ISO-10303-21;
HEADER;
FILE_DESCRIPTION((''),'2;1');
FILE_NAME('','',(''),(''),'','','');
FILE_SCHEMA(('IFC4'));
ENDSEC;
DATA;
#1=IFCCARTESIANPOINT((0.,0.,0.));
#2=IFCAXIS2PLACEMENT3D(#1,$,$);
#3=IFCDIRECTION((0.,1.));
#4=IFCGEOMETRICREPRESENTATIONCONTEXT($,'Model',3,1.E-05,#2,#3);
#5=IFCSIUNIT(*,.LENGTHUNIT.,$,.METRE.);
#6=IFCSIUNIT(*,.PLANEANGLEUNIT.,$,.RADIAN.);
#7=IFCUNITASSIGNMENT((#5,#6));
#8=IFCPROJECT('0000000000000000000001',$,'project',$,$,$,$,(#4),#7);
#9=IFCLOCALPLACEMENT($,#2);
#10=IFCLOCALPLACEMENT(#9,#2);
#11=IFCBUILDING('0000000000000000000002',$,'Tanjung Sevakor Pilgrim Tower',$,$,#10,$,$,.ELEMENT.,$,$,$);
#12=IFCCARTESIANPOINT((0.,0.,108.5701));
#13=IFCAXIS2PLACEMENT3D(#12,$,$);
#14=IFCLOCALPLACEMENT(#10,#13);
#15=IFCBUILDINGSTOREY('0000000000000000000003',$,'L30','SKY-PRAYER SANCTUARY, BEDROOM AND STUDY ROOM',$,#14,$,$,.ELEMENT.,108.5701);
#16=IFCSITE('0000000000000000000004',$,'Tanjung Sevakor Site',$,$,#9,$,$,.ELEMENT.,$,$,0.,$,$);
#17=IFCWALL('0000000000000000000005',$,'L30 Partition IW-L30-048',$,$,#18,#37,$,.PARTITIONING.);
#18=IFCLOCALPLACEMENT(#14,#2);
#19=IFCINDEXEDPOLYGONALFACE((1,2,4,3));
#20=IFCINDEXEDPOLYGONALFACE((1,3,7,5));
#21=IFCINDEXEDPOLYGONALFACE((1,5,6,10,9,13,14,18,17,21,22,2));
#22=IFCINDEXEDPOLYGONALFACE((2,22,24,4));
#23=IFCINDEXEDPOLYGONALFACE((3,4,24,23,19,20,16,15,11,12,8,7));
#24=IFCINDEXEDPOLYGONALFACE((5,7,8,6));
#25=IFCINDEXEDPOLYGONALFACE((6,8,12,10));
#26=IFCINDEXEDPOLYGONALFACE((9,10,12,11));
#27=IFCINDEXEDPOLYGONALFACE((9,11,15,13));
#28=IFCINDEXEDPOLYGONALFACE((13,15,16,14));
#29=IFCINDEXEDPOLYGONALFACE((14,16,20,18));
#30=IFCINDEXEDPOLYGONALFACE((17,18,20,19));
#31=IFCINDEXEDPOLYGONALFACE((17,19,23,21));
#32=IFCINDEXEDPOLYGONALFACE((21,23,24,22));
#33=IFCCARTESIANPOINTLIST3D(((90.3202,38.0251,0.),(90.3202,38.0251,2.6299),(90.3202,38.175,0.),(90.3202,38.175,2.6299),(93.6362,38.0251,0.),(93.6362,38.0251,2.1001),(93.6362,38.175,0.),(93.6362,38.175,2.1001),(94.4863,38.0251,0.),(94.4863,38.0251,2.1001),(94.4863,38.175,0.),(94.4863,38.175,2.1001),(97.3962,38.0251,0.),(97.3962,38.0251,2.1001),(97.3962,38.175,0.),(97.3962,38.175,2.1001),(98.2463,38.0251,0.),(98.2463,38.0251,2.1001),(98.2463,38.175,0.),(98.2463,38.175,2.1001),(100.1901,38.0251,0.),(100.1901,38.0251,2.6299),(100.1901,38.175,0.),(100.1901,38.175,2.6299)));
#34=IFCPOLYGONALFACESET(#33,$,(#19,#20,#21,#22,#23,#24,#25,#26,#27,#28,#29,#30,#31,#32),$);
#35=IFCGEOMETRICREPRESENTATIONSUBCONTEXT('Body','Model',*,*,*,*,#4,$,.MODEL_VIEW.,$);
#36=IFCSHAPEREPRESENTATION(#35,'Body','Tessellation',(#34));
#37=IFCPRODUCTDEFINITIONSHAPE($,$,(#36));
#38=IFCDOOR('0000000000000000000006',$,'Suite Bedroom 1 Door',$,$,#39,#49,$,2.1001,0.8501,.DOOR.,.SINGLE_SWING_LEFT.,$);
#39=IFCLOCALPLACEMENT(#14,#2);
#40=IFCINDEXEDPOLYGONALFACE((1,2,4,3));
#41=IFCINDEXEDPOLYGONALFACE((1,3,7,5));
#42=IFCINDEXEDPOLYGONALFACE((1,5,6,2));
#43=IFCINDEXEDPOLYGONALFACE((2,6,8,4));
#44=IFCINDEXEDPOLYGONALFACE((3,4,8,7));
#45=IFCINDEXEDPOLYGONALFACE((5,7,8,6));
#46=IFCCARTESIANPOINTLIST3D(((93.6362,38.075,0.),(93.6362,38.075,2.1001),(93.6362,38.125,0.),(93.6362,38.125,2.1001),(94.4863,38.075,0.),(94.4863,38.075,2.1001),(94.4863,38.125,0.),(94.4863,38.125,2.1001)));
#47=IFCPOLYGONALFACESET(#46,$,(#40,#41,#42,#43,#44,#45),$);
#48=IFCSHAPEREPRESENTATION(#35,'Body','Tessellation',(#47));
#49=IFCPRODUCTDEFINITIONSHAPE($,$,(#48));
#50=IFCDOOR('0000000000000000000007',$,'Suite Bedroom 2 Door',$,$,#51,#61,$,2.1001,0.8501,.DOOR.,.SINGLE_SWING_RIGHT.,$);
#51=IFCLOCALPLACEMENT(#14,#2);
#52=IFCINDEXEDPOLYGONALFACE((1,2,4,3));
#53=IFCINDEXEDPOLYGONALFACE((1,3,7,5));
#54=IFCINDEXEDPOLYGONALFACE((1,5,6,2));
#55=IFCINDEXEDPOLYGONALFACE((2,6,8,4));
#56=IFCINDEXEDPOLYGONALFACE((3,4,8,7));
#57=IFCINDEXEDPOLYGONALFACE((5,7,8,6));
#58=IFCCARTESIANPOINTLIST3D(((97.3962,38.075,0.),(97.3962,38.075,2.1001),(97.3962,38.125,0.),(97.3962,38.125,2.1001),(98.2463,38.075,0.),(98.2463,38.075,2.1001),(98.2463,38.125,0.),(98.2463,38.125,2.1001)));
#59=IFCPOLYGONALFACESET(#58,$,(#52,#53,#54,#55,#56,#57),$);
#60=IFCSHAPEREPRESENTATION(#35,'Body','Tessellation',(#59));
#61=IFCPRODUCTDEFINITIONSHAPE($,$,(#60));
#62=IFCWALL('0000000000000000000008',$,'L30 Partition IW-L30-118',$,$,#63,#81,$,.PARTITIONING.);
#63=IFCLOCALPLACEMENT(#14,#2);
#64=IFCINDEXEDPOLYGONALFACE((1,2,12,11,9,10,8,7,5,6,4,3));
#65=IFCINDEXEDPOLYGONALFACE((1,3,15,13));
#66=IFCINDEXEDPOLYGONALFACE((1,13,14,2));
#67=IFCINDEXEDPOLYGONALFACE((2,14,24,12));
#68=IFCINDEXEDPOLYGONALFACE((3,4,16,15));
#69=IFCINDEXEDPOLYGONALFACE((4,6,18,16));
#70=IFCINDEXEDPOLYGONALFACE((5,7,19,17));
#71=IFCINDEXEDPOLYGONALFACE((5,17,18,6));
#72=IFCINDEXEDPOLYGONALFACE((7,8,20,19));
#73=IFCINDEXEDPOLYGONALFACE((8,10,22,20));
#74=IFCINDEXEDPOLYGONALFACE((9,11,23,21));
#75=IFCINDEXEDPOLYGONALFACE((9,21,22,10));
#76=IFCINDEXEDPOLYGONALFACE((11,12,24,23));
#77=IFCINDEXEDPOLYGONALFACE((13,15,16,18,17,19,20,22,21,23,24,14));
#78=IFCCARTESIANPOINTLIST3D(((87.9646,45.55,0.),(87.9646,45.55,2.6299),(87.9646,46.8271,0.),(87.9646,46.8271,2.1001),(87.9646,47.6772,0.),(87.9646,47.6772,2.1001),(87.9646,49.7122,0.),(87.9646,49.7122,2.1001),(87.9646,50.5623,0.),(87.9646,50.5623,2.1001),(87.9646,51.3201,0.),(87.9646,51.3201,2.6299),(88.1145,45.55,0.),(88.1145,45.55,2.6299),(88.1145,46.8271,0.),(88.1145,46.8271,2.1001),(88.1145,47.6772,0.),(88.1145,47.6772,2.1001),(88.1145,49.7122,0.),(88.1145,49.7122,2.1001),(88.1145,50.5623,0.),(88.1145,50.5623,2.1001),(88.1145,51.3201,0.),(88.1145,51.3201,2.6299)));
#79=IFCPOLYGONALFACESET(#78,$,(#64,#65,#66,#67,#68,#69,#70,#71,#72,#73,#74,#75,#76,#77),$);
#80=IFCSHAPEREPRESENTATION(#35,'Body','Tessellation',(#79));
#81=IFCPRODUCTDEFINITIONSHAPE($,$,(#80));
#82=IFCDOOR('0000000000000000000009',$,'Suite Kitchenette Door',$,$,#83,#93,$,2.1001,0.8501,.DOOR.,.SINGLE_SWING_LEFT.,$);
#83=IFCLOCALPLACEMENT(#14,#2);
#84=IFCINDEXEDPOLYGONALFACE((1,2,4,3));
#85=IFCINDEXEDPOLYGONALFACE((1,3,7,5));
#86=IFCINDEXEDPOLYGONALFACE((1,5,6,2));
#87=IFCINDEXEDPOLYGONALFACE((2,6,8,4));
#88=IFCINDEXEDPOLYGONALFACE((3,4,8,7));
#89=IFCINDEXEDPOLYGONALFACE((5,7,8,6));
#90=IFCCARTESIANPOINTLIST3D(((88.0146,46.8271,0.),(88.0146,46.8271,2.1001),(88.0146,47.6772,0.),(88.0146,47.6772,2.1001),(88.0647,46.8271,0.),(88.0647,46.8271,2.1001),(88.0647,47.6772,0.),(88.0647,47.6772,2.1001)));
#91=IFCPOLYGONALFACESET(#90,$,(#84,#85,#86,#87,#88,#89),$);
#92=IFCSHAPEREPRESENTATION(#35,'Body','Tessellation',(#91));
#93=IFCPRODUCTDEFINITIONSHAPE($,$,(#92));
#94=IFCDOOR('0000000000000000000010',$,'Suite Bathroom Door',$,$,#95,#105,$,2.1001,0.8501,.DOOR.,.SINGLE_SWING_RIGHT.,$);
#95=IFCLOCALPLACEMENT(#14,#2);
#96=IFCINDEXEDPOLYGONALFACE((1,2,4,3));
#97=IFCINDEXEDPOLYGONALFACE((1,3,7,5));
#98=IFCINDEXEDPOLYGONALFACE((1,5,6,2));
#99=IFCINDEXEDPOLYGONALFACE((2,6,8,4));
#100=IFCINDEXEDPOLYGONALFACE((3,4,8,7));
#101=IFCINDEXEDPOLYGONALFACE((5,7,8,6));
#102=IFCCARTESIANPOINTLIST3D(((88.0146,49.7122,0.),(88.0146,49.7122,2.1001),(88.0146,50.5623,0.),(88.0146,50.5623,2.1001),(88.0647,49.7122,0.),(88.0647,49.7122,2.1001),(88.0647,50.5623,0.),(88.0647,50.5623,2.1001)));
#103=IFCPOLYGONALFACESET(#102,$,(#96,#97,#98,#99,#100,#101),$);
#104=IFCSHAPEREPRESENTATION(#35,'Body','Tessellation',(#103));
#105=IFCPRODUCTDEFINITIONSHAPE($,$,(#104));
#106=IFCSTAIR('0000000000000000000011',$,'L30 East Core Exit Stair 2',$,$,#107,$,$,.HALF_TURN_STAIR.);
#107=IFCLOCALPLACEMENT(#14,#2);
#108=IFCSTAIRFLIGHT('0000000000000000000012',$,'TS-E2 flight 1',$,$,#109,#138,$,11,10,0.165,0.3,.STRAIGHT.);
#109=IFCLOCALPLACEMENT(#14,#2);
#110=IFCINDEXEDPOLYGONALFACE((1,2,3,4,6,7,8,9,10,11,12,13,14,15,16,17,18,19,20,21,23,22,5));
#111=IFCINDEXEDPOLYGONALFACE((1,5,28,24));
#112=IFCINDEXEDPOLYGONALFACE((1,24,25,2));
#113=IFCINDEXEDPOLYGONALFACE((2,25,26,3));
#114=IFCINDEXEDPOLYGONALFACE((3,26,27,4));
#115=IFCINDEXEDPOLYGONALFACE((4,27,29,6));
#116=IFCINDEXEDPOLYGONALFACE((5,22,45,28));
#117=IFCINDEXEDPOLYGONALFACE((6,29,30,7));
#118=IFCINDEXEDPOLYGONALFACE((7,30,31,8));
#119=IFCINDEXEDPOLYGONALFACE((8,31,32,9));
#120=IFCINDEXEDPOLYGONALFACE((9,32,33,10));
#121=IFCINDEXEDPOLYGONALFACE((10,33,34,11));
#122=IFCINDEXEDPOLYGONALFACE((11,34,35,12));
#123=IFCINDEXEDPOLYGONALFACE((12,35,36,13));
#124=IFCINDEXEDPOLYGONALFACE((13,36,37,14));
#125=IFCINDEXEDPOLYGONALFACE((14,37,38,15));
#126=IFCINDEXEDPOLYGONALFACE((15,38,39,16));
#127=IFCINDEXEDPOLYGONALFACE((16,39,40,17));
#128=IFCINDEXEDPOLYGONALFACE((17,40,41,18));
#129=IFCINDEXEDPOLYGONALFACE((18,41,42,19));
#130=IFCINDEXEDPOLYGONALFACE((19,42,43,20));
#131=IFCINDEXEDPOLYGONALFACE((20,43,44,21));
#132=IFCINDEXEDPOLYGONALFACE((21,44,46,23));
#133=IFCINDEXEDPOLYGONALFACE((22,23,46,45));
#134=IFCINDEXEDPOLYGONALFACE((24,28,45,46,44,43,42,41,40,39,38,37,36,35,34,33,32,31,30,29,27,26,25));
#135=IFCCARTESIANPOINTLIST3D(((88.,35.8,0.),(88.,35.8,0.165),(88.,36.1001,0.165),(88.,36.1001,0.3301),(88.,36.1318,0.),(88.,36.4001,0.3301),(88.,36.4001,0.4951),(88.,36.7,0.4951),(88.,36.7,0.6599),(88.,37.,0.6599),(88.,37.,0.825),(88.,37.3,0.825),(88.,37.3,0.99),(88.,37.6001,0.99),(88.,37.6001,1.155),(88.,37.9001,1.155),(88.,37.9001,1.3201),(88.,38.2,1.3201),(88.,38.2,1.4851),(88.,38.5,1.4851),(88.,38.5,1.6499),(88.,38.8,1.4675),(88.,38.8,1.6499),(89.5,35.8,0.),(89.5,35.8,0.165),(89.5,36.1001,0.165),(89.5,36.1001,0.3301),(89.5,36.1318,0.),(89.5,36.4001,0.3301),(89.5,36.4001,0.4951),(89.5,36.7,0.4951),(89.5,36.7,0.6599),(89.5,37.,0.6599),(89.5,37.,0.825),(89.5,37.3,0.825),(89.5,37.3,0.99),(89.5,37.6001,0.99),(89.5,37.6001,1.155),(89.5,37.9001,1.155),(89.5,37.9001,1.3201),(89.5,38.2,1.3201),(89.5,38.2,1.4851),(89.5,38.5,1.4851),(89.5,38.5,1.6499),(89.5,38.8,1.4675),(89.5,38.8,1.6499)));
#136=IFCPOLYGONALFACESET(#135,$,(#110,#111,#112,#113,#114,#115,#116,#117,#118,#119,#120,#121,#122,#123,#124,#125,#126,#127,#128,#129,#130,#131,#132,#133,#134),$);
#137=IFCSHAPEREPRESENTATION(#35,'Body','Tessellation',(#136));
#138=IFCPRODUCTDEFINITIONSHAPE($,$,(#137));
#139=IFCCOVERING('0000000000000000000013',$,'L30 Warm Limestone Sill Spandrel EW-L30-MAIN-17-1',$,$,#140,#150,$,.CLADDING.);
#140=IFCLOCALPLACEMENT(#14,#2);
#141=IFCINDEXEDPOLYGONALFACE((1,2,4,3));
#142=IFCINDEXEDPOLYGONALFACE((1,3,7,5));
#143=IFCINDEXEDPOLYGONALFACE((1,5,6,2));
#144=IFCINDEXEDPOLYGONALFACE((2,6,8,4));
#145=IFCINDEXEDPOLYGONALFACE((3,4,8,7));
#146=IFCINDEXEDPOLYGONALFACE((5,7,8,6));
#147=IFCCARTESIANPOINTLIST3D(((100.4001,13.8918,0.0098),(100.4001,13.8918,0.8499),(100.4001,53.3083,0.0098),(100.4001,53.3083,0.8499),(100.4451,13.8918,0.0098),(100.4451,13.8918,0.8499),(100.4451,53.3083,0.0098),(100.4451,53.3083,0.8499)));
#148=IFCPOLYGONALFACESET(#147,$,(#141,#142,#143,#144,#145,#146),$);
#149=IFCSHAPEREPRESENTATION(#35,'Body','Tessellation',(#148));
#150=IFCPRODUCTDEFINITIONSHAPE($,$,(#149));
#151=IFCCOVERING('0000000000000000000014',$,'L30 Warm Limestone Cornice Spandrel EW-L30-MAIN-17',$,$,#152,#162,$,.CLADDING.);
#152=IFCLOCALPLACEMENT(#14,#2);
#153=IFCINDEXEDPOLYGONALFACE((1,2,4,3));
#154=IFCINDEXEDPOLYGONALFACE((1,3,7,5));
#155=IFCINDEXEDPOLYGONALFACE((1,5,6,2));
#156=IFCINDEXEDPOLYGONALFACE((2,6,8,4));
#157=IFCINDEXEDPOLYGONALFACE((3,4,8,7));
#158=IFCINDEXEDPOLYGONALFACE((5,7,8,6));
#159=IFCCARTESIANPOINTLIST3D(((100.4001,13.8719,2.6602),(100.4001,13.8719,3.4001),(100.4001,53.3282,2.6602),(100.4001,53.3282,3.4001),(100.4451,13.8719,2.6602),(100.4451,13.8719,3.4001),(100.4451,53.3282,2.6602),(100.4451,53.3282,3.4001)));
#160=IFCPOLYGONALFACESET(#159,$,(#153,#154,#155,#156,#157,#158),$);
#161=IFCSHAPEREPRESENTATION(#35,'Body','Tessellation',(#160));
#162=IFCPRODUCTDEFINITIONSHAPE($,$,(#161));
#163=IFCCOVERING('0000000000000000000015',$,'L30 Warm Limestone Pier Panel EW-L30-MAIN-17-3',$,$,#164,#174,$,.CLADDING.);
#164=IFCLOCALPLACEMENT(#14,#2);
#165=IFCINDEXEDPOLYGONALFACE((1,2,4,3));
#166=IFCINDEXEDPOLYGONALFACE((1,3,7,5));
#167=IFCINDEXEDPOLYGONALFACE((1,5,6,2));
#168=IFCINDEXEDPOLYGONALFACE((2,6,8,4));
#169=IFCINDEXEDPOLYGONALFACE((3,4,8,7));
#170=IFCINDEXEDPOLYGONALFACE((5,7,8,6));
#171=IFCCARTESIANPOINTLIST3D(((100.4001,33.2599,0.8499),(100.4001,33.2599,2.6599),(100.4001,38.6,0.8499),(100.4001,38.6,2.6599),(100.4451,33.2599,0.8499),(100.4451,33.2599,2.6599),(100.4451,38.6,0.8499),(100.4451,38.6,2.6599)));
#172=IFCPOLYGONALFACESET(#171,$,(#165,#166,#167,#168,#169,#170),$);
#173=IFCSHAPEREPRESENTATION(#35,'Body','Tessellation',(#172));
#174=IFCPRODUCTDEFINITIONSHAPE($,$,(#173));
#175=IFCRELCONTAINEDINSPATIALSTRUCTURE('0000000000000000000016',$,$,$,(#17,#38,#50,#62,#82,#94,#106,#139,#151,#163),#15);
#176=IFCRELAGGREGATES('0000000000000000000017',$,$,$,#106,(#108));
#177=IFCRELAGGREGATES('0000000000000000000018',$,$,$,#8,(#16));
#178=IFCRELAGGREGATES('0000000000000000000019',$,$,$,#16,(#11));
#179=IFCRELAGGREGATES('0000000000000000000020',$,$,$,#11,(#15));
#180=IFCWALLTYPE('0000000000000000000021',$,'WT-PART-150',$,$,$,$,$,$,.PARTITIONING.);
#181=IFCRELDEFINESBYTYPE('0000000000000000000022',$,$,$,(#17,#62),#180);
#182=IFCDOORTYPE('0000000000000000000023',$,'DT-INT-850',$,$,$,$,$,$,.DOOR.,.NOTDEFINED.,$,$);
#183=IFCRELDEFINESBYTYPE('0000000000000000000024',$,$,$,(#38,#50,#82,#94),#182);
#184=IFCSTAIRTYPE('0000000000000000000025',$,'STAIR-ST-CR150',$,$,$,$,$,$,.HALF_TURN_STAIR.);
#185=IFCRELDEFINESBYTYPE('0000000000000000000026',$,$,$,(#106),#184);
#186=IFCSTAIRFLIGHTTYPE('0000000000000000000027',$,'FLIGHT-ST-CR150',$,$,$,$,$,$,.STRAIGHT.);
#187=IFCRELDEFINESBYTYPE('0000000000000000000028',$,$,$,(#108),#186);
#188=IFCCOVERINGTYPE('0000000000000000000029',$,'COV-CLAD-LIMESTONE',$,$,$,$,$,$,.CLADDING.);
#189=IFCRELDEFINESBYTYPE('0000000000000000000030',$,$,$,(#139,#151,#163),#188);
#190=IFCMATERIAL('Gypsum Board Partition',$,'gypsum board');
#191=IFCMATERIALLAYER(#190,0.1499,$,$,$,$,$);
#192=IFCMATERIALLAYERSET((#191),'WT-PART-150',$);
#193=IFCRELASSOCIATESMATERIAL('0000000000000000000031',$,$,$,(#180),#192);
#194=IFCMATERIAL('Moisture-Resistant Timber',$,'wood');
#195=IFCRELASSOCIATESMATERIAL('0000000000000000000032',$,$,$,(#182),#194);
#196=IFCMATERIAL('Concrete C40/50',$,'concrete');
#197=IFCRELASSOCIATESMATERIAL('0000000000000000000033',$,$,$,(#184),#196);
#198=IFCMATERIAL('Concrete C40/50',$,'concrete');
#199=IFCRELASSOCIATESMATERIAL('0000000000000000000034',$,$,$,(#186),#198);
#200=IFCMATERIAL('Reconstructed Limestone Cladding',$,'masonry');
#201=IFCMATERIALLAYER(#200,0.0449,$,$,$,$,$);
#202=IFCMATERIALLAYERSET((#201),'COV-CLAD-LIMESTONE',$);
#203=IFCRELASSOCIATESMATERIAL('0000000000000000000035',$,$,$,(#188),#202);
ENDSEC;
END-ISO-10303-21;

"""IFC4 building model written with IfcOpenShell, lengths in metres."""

from ifc_helpers import new_model, si_unit, direction, frame, frame_2d, origin, origin_2d, place, context, subcontext, project, spatial, polyline, rectangle, outline, extrude, material, layer, layer_set, type_object, element, fill, aggregate, save


model = new_model("IFC4")

# Units and contexts
model_context = context("Model", 3, precision=1e-05, world=origin(), true_north=direction((0.0, 1.0)))
body_context = subcontext(model_context, "Body", "Model", "MODEL_VIEW")
ifc_project = project(units=[si_unit("LENGTHUNIT", "METRE"), si_unit("PLANEANGLEUNIT", "RADIAN")], contexts=[model_context])

# Site, building, storey
site_placement = place(None, origin())
site = spatial("IfcSite", under=ifc_project, at=site_placement, Name="Tanjung Sevakor Site", CompositionType="ELEMENT", RefElevation=0.0)
building_placement = place(site_placement, origin())
building = spatial("IfcBuilding", under=site, at=building_placement, Name="Tanjung Sevakor Pilgrim Tower", CompositionType="ELEMENT")
storey_placement = place(building_placement, frame((0.0, 0.0, 108.5701)))
storey = spatial("IfcBuildingStorey", under=building, at=storey_placement, Name="L30", Description="SKY-PRAYER SANCTUARY, BEDROOM AND STUDY ROOM", CompositionType="ELEMENT", Elevation=108.5701)

# Shared definitions
ifc_material_1 = material(Name="Gypsum Board Partition", Category="gypsum board")
ifc_layer_1 = layer(ifc_material_1, 0.1499)
ifc_layer_set_1 = layer_set([ifc_layer_1], Name="WT-PART-150")
wall_type_1 = type_object("IfcWallType", Name="WT-PART-150", PredefinedType="PARTITIONING", material=ifc_layer_set_1)

# Walls, openings, doors
wall_1_placement = place(storey_placement, frame((90.3201, 38.1001, 0.0), z_axis=(0.0, 0.0, 1.0), x_axis=(1.0, 0.0, 0.0)))
wall_1 = element("IfcWall", 1, at=wall_1_placement, inside=storey, type_object=wall_type_1, Name="L30 Partition IW-L30-048", PredefinedType="PARTITIONING", context=body_context, shape_type="SweptSolid", body=[
    extrude(rectangle(XDim=9.8699, YDim=0.1499, at=frame_2d((4.9351, 0.0))), origin(), (0.0, 0.0, 1.0), 2.6299),
])
opening_1_placement = place(wall_1_placement, frame((3.3162, 0.0, 0.0)))
opening_1 = element("IfcOpeningElement", 2, at=opening_1_placement, cuts=wall_1, PredefinedType="OPENING", context=body_context, shape_type="SweptSolid", body=[
    extrude(rectangle(XDim=0.8501, YDim=2.1001, at=frame_2d((0.425, 1.05))), frame((0.0, 0.085, 0.0), z_axis=(0.0, -1.0, 0.0), x_axis=(1.0, 0.0, 0.0)), (0.0, 0.0, 1.0), 0.1699),
])
opening_2_placement = place(wall_1_placement, frame((7.0762, 0.0, 0.0)))
opening_2 = element("IfcOpeningElement", 3, at=opening_2_placement, cuts=wall_1, PredefinedType="OPENING", context=body_context, shape_type="SweptSolid", body=[
    extrude(rectangle(XDim=0.8501, YDim=2.1001, at=frame_2d((0.425, 1.05))), frame((0.0, 0.085, 0.0), z_axis=(0.0, -1.0, 0.0), x_axis=(1.0, 0.0, 0.0)), (0.0, 0.0, 1.0), 0.1699),
])
ifc_material_2 = material(Name="Moisture-Resistant Timber", Category="wood")
door_type = type_object("IfcDoorType", Name="DT-INT-850", OperationType="NOTDEFINED", PredefinedType="DOOR", material=ifc_material_2)
door_1_placement = place(opening_1_placement, origin())
door_1 = element("IfcDoor", 4, at=door_1_placement, inside=storey, type_object=door_type, Name="Suite Bedroom 1 Door", OperationType="SINGLE_SWING_LEFT", OverallHeight=2.1001, OverallWidth=0.8501, PredefinedType="DOOR", context=body_context, shape_type="SweptSolid", body=[
    extrude(rectangle(XDim=0.8501, YDim=2.1001, at=frame_2d((0.425, 1.05))), frame((0.0, 0.0249, 0.0), z_axis=(0.0, -1.0, 0.0), x_axis=(1.0, 0.0, 0.0)), (0.0, 0.0, 1.0), 0.05),
])
fill(opening_1, door_1)
door_2_placement = place(opening_2_placement, origin())
door_2 = element("IfcDoor", 5, at=door_2_placement, inside=storey, type_object=door_type, Name="Suite Bedroom 2 Door", OperationType="SINGLE_SWING_RIGHT", OverallHeight=2.1001, OverallWidth=0.8501, PredefinedType="DOOR", context=body_context, shape_type="SweptSolid", body=[
    extrude(rectangle(XDim=0.8501, YDim=2.1001, at=frame_2d((0.425, 1.05))), frame((0.0, 0.0249, 0.0), z_axis=(0.0, -1.0, 0.0), x_axis=(1.0, 0.0, 0.0)), (0.0, 0.0, 1.0), 0.05),
])
fill(opening_2, door_2)
wall_2_placement = place(storey_placement, frame((88.0396, 45.55, 0.0), z_axis=(0.0, 0.0, 1.0), x_axis=(0.0, 1.0, 0.0)))
wall_2 = element("IfcWall", 6, at=wall_2_placement, inside=storey, type_object=wall_type_1, Name="L30 Partition IW-L30-118", PredefinedType="PARTITIONING", context=body_context, shape_type="SweptSolid", body=[
    extrude(rectangle(XDim=5.77, YDim=0.1499, at=frame_2d((2.885, 0.0))), origin(), (0.0, 0.0, 1.0), 2.6299),
])
opening_3_placement = place(wall_2_placement, frame((1.2771, 0.0, 0.0)))
opening_3 = element("IfcOpeningElement", 7, at=opening_3_placement, cuts=wall_2, PredefinedType="OPENING", context=body_context, shape_type="SweptSolid", body=[
    extrude(rectangle(XDim=0.8501, YDim=2.1001, at=frame_2d((0.425, 1.05))), frame((0.0, 0.085, 0.0), z_axis=(0.0, -1.0, 0.0), x_axis=(1.0, 0.0, 0.0)), (0.0, 0.0, 1.0), 0.1699),
])
opening_4_placement = place(wall_2_placement, frame((4.1621, 0.0, 0.0)))
opening_4 = element("IfcOpeningElement", 8, at=opening_4_placement, cuts=wall_2, PredefinedType="OPENING", context=body_context, shape_type="SweptSolid", body=[
    extrude(rectangle(XDim=0.8501, YDim=2.1001, at=frame_2d((0.425, 1.05))), frame((0.0, 0.085, 0.0), z_axis=(0.0, -1.0, 0.0), x_axis=(1.0, 0.0, 0.0)), (0.0, 0.0, 1.0), 0.1699),
])
door_3_placement = place(opening_3_placement, origin())
door_3 = element("IfcDoor", 9, at=door_3_placement, inside=storey, type_object=door_type, Name="Suite Kitchenette Door", OperationType="SINGLE_SWING_LEFT", OverallHeight=2.1001, OverallWidth=0.8501, PredefinedType="DOOR", context=body_context, shape_type="SweptSolid", body=[
    extrude(rectangle(XDim=0.8501, YDim=2.1001, at=frame_2d((0.425, 1.05))), frame((0.0, 0.0249, 0.0), z_axis=(0.0, -1.0, 0.0), x_axis=(1.0, 0.0, 0.0)), (0.0, 0.0, 1.0), 0.05),
])
fill(opening_3, door_3)
door_4_placement = place(opening_4_placement, origin())
door_4 = element("IfcDoor", 10, at=door_4_placement, inside=storey, type_object=door_type, Name="Suite Bathroom Door", OperationType="SINGLE_SWING_RIGHT", OverallHeight=2.1001, OverallWidth=0.8501, PredefinedType="DOOR", context=body_context, shape_type="SweptSolid", body=[
    extrude(rectangle(XDim=0.8501, YDim=2.1001, at=frame_2d((0.425, 1.05))), frame((0.0, 0.0249, 0.0), z_axis=(0.0, -1.0, 0.0), x_axis=(1.0, 0.0, 0.0)), (0.0, 0.0, 1.0), 0.05),
])
fill(opening_4, door_4)

# Stair, stair flight
ifc_material_3 = material(Name="Concrete C40/50", Category="concrete")
stair_type = type_object("IfcStairType", Name="STAIR-ST-CR150", PredefinedType="HALF_TURN_STAIR", material=ifc_material_3)
stair_placement = place(storey_placement, origin())
stair = element("IfcStair", 11, at=stair_placement, inside=storey, type_object=stair_type, Name="L30 East Core Exit Stair 2", PredefinedType="HALF_TURN_STAIR")
ifc_material_4 = material(Name="Concrete C40/50", Category="concrete")
stair_flight_type = type_object("IfcStairFlightType", Name="FLIGHT-ST-CR150", PredefinedType="STRAIGHT", material=ifc_material_4)
stair_flight_placement = place(storey_placement, frame((88.75, 35.8, 0.0), z_axis=(0.0, 0.0, 1.0), x_axis=(0.0, 1.0, 0.0)))
stair_flight = element("IfcStairFlight", 12, at=stair_flight_placement, type_object=stair_flight_type, Name="TS-E2 flight 1", NumberOfRisers=11, NumberOfTreads=10, PredefinedType="STRAIGHT", RiserHeight=0.165, TreadLength=0.3, context=body_context, shape_type="SweptSolid", body=[
    extrude(outline(polyline([(0.0, 0.0), (0.0, 0.165), (0.3, 0.165), (0.3, 0.3301), (0.6001, 0.3301), (0.6001, 0.4951), (0.8999, 0.4951), (0.8999, 0.6599), (1.2, 0.6599), (1.2, 0.825), (1.5, 0.825), (1.5, 0.99), (1.8, 0.99), (1.8, 1.155), (2.1001, 1.155), (2.1001, 1.3201), (2.3999, 1.3201), (2.3999, 1.4851), (2.7, 1.4851), (2.7, 1.6499), (3.0, 1.6499), (3.0, 1.8149), (3.0, 1.4675), (0.3318, 0.0), (0.0, 0.0)])), frame((0.0, 0.75, 0.0), z_axis=(0.0, -1.0, 0.0), x_axis=(1.0, 0.0, 0.0)), (0.0, 0.0, 1.0), 1.5),
])
aggregate(stair, [stair_flight])

# Coverings
ifc_material_5 = material(Name="Reconstructed Limestone Cladding", Category="masonry")
ifc_layer_2 = layer(ifc_material_5, 0.0449)
ifc_layer_set_2 = layer_set([ifc_layer_2], Name="COV-CLAD-LIMESTONE")
covering_type = type_object("IfcCoveringType", Name="COV-CLAD-LIMESTONE", PredefinedType="CLADDING", material=ifc_layer_set_2)
covering_1_placement = place(storey_placement, frame((100.4226, 33.6001, 0.0098), z_axis=(0.0, 0.0, 1.0), x_axis=(0.0, 1.0, 0.0)))
element("IfcCovering", 13, at=covering_1_placement, inside=storey, type_object=covering_type, Name="L30 Warm Limestone Sill Spandrel EW-L30-MAIN-17-1", PredefinedType="CLADDING", context=body_context, shape_type="SweptSolid", body=[
    extrude(rectangle(XDim=39.4165, YDim=0.0449, at=origin_2d()), origin(), (0.0, 0.0, 1.0), 0.8401),
])
covering_2_placement = place(storey_placement, frame((100.4226, 33.6001, 2.6602), z_axis=(0.0, 0.0, 1.0), x_axis=(0.0, 1.0, 0.0)))
element("IfcCovering", 14, at=covering_2_placement, inside=storey, type_object=covering_type, Name="L30 Warm Limestone Cornice Spandrel EW-L30-MAIN-17", PredefinedType="CLADDING", context=body_context, shape_type="SweptSolid", body=[
    extrude(rectangle(XDim=39.4563, YDim=0.0449, at=origin_2d()), origin(), (0.0, 0.0, 1.0), 0.74),
])
covering_3_placement = place(storey_placement, frame((100.4226, 35.9299, 0.8499), z_axis=(0.0, 0.0, 1.0), x_axis=(0.0, 1.0, 0.0)))
element("IfcCovering", 15, at=covering_3_placement, inside=storey, type_object=covering_type, Name="L30 Warm Limestone Pier Panel EW-L30-MAIN-17-3", PredefinedType="CLADDING", context=body_context, shape_type="SweptSolid", body=[
    extrude(rectangle(XDim=5.3401, YDim=0.0449, at=origin_2d()), origin(), (0.0, 0.0, 1.0), 1.8101),
])

save(model, "model.ifc")
